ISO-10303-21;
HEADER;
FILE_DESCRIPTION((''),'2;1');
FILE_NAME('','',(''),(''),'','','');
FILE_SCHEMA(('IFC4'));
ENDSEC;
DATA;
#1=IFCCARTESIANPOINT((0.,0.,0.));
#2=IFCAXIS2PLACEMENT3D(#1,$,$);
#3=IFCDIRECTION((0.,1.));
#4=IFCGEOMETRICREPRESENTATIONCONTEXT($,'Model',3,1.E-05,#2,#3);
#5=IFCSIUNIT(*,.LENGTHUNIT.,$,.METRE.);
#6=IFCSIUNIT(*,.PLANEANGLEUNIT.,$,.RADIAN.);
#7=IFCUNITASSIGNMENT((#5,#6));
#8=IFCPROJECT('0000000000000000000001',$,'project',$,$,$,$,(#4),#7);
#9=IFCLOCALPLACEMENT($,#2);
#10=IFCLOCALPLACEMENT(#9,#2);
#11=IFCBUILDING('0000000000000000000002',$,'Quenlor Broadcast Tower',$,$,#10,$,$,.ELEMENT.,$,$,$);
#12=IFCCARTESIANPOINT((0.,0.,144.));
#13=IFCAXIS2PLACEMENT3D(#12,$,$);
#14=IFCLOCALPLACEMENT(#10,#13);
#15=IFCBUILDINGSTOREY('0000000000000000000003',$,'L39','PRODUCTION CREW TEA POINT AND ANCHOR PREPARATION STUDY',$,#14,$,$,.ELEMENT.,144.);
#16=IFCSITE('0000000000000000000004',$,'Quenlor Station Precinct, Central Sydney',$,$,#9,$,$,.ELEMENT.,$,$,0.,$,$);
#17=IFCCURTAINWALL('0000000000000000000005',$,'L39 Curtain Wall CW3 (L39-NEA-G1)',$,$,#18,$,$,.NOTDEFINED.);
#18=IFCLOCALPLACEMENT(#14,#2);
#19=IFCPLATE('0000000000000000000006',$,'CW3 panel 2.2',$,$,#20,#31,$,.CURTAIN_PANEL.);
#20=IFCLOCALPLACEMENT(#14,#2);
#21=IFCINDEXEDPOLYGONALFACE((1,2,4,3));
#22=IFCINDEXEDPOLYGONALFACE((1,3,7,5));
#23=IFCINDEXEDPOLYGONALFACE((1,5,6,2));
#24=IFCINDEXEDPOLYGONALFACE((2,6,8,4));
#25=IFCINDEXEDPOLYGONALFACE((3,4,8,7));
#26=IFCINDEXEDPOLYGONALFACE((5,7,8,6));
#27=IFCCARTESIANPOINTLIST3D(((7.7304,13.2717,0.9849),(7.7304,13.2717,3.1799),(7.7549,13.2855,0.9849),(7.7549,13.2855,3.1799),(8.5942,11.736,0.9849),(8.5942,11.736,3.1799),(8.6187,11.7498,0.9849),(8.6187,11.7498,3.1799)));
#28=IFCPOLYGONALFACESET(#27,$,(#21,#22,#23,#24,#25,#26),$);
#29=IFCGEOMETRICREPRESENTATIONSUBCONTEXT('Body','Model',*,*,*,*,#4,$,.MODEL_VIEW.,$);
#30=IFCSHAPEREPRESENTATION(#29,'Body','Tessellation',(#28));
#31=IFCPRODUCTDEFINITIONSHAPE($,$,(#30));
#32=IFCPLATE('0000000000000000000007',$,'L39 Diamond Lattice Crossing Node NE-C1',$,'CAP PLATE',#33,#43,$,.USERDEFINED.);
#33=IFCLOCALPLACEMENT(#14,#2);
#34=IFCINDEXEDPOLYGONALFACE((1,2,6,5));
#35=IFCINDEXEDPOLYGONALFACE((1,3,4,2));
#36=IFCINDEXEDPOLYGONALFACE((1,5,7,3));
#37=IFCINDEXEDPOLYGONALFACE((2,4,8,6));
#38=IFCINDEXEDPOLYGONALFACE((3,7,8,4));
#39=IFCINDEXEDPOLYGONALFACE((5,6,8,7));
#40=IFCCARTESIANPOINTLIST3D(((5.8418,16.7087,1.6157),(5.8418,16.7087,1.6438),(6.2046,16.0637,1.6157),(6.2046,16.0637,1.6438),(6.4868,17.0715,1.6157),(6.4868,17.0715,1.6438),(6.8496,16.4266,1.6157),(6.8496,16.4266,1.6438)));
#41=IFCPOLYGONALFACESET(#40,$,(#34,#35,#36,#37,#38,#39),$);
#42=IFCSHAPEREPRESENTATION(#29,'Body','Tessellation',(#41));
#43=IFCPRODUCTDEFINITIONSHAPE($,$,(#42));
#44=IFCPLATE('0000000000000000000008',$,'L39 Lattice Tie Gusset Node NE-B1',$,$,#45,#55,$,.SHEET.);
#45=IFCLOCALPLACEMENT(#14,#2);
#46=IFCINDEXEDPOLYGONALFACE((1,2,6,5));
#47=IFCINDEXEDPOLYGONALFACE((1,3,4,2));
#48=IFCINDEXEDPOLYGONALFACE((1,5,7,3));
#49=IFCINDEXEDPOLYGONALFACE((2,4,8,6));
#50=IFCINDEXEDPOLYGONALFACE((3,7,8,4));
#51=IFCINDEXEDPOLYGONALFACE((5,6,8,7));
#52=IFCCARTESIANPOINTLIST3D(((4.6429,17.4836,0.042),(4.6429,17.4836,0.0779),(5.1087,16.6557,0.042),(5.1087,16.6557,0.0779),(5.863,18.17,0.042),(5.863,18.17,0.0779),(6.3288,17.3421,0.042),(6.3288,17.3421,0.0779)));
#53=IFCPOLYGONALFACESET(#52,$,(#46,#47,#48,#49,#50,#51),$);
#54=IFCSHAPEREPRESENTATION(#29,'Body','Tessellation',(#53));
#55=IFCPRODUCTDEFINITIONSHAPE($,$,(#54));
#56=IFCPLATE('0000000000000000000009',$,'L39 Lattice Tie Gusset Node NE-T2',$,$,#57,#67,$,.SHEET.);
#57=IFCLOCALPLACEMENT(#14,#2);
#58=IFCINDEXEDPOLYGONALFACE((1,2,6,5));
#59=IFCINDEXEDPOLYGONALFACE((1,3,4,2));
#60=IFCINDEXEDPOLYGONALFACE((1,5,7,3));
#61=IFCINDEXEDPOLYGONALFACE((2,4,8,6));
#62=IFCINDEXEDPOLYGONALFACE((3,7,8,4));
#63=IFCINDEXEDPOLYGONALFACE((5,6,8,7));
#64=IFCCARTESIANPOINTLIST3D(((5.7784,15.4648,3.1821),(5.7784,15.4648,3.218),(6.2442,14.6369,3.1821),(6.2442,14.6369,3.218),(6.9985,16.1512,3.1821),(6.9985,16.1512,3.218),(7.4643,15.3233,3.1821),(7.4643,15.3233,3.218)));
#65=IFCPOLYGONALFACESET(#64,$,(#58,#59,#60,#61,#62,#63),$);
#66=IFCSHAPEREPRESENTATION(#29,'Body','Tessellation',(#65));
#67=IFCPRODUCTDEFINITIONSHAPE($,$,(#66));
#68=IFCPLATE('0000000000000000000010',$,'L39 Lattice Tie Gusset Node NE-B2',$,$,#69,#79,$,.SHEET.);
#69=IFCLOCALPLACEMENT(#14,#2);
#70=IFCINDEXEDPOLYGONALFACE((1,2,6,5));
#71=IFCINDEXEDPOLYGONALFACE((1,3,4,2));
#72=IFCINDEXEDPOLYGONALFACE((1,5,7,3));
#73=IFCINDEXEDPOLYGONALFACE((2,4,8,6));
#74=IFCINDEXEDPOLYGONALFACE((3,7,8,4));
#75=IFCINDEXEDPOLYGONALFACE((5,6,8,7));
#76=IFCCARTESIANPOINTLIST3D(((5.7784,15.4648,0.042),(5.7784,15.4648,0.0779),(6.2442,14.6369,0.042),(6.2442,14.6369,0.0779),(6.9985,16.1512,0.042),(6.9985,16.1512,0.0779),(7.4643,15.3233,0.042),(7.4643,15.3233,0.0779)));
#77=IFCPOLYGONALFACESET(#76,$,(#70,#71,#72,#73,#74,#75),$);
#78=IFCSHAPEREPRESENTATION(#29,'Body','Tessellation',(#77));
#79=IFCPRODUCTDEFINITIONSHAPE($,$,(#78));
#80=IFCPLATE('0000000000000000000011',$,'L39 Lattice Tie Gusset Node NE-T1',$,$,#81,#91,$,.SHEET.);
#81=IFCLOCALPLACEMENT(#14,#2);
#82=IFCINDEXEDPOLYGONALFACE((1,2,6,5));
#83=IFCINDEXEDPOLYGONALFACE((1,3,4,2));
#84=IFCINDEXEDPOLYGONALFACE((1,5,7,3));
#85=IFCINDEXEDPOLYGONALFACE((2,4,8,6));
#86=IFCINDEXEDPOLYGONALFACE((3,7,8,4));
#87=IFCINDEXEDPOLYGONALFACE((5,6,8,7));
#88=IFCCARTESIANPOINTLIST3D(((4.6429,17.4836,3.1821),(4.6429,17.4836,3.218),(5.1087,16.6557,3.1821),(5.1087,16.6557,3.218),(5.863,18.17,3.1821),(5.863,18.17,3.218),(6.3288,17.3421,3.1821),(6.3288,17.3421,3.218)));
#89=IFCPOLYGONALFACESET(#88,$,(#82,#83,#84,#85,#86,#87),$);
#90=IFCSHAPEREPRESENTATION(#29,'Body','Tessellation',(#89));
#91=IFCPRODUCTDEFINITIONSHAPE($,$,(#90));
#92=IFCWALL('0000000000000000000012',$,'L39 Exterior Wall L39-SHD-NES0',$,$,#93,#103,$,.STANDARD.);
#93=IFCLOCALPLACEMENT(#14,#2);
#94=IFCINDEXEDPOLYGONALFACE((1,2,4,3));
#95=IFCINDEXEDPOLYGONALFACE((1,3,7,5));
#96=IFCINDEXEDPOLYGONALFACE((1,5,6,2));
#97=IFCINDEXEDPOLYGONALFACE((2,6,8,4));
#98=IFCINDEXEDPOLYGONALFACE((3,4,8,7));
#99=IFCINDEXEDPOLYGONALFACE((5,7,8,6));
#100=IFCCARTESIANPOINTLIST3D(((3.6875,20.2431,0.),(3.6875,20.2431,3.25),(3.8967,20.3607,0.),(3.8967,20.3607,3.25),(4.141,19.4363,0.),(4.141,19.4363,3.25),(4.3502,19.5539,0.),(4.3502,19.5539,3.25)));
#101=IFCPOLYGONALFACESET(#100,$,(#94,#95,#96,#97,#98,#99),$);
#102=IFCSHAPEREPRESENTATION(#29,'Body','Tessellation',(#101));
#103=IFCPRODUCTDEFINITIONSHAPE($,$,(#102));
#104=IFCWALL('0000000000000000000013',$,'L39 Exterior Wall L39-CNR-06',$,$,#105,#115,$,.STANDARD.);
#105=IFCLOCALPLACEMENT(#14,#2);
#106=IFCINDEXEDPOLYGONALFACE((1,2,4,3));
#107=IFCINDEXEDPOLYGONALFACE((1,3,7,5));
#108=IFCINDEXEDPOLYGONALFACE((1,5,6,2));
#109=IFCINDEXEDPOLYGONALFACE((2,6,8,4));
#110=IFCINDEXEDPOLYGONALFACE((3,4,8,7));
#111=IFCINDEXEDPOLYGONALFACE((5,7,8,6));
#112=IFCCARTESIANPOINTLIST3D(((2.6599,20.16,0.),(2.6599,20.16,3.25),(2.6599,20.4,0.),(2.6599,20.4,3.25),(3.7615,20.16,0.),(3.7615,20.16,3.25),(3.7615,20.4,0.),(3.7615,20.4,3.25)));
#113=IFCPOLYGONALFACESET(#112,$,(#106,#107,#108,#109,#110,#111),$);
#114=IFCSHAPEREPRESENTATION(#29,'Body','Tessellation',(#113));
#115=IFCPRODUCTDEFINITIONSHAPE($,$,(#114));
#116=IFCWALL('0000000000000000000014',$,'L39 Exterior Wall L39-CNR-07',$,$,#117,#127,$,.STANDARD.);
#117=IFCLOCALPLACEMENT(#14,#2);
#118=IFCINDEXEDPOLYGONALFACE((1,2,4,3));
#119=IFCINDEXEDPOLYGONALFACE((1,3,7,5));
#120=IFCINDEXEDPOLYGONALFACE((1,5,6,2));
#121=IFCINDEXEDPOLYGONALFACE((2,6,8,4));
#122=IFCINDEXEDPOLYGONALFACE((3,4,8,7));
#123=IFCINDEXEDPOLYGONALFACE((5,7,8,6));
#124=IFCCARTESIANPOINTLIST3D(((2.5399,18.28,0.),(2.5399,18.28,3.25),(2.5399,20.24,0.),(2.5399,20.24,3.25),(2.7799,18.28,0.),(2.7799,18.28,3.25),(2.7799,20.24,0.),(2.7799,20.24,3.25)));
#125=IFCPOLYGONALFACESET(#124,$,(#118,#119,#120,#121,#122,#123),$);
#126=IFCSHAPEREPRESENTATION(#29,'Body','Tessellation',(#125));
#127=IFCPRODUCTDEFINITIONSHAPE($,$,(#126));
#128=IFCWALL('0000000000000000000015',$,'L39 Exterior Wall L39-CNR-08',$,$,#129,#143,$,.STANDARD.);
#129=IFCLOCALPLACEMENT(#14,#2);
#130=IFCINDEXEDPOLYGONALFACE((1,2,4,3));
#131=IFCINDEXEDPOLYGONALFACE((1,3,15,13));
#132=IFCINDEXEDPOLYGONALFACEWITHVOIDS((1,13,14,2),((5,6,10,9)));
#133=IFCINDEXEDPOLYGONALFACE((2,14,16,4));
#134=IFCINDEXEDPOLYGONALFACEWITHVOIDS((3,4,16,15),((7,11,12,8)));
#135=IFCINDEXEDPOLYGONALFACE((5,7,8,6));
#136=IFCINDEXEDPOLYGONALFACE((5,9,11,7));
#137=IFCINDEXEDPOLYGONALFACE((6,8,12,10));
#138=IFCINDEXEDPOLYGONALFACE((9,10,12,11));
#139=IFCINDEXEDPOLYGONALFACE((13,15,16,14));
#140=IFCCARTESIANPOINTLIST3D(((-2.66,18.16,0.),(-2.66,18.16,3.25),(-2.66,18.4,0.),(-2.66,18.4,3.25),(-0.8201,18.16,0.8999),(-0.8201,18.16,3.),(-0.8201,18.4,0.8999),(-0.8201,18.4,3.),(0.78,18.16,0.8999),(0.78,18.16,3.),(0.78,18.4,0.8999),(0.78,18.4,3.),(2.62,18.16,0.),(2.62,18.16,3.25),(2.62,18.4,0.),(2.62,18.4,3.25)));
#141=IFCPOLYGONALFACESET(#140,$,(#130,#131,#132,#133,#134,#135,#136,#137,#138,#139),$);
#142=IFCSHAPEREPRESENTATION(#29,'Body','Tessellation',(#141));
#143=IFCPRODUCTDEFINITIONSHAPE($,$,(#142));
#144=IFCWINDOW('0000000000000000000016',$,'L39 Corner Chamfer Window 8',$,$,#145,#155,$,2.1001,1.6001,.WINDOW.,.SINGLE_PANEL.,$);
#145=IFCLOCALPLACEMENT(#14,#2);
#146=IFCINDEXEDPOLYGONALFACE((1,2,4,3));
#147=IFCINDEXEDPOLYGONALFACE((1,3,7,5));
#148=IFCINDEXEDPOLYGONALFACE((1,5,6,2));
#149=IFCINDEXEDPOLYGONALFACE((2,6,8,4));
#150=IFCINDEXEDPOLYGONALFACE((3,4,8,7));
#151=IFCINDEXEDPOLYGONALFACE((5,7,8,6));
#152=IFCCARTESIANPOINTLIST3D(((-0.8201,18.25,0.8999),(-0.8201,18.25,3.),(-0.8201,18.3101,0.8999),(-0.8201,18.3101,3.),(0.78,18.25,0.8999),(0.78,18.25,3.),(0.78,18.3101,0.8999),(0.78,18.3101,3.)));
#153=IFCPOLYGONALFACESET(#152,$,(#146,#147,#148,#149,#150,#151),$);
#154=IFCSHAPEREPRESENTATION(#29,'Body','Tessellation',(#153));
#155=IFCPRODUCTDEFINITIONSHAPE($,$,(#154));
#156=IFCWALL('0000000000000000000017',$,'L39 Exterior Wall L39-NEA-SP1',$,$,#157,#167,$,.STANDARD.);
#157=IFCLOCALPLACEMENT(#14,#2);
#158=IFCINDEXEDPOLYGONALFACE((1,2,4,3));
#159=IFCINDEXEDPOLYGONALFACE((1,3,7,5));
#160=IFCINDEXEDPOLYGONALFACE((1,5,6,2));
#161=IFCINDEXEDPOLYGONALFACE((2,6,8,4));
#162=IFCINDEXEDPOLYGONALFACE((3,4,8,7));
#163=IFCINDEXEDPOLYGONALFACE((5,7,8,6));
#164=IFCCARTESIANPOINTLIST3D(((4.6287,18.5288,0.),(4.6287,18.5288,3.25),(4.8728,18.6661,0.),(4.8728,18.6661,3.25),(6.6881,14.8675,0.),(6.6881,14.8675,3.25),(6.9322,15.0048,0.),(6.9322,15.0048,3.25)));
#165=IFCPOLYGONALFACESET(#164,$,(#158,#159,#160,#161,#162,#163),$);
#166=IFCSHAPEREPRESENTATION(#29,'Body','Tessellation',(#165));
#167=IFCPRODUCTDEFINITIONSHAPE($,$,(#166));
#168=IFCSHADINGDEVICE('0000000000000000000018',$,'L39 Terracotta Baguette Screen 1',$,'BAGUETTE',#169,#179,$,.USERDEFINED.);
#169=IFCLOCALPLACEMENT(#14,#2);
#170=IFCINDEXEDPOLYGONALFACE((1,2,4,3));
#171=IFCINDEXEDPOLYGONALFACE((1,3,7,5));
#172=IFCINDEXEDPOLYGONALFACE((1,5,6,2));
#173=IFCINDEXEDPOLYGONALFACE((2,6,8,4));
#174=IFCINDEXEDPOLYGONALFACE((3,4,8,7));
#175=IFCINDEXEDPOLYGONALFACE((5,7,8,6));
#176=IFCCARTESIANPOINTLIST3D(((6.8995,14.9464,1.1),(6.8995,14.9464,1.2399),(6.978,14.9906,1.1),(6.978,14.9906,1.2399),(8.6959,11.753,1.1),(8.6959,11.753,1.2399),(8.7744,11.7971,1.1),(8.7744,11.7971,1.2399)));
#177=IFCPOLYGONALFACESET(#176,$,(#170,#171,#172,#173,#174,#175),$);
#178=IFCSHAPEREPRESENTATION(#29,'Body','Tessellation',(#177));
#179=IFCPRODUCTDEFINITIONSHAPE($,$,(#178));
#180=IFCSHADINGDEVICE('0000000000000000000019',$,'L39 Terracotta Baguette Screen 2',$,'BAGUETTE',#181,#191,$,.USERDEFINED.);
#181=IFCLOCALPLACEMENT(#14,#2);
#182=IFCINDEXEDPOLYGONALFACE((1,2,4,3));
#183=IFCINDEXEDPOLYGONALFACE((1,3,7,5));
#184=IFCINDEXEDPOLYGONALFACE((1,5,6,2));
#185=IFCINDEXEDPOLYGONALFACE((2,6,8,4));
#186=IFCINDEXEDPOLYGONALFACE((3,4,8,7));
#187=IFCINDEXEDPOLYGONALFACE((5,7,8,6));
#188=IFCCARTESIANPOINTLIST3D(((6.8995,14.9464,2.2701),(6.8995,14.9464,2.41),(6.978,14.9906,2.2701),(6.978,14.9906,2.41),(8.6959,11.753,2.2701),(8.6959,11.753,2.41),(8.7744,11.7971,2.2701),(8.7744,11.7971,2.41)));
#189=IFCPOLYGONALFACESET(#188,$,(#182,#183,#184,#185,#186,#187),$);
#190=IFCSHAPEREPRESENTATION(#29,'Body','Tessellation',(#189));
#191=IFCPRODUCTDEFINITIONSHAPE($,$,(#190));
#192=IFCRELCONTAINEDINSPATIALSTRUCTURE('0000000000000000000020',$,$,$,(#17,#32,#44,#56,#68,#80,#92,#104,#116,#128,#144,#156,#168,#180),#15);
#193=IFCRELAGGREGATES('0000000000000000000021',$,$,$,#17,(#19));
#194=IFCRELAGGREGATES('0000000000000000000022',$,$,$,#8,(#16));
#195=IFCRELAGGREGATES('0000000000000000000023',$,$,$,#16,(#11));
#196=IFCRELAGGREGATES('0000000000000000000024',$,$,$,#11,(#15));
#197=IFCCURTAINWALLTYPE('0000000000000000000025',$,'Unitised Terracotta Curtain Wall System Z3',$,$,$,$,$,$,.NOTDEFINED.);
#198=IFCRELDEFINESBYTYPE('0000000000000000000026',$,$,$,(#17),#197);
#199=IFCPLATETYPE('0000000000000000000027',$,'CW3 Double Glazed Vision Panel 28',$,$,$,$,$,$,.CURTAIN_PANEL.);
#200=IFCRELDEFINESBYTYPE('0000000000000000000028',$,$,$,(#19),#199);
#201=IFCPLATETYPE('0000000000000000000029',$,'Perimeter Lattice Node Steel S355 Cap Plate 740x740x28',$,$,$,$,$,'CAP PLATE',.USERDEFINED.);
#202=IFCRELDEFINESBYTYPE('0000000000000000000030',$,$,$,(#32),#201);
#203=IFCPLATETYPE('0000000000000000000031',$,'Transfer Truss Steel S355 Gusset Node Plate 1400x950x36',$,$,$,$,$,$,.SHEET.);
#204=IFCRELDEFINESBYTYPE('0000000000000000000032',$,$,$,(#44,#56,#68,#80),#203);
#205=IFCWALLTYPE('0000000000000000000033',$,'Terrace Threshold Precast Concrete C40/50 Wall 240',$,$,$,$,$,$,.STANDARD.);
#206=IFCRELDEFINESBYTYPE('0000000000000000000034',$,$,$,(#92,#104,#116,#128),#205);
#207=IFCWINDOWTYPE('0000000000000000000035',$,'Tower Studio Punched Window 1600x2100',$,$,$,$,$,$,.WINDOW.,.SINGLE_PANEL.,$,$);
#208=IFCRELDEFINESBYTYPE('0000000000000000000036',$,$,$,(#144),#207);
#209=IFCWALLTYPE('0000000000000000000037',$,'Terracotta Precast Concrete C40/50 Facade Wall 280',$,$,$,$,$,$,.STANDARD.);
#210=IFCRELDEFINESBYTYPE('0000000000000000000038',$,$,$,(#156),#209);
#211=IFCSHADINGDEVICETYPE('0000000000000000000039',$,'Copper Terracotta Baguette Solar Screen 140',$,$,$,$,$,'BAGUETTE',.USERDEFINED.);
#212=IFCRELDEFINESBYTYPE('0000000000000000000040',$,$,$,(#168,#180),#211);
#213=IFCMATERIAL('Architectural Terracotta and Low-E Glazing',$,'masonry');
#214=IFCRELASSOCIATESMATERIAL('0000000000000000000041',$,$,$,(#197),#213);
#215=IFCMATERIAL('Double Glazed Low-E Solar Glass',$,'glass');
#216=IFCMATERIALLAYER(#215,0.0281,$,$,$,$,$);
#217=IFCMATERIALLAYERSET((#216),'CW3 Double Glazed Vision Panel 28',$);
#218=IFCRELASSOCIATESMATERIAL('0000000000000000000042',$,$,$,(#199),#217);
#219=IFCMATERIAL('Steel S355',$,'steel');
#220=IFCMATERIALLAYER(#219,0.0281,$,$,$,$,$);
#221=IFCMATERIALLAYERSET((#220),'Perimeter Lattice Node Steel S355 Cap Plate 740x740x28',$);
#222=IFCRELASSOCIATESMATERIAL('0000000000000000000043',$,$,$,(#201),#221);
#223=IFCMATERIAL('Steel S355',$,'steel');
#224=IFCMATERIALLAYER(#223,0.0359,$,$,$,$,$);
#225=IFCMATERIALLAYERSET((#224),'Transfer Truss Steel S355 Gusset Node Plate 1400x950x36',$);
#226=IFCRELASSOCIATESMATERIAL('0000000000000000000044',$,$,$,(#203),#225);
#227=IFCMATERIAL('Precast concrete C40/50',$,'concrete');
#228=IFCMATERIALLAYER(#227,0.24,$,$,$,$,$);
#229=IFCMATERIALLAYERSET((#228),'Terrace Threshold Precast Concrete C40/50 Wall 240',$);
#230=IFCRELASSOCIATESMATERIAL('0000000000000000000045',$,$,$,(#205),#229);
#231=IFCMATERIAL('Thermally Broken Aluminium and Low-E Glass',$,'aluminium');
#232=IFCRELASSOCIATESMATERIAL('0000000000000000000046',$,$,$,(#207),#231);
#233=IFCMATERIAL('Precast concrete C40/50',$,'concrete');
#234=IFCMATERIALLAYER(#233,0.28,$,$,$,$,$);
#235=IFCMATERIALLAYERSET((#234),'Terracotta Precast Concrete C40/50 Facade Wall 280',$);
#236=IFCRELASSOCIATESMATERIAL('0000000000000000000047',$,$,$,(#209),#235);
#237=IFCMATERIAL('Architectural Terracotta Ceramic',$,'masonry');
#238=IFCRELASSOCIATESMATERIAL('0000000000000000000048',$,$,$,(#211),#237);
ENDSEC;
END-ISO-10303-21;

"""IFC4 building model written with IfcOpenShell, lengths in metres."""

from ifc_helpers import new_model, si_unit, direction, frame, frame_2d, origin, origin_2d, place, context, subcontext, project, spatial, rectangle, extrude, material, layer, layer_set, material_profile, profile_set, type_object, element, fill, aggregate, save


model = new_model("IFC4")

# Units and contexts
model_context = context("Model", 3, precision=1e-05, world=origin(), true_north=direction((0.0, 1.0)))
body_context = subcontext(model_context, "Body", "Model", "MODEL_VIEW")
ifc_project = project(units=[si_unit("LENGTHUNIT", "METRE"), si_unit("PLANEANGLEUNIT", "RADIAN")], contexts=[model_context])

# Site, building, storey
site_placement = place(None, origin())
site = spatial("IfcSite", under=ifc_project, at=site_placement, Name="Quenlor Station Precinct, Central Sydney", CompositionType="ELEMENT", RefElevation=0.0)
building_placement = place(site_placement, origin())
building = spatial("IfcBuilding", under=site, at=building_placement, Name="Quenlor Broadcast Tower", CompositionType="ELEMENT")
storey_placement = place(building_placement, frame((0.0, 0.0, 144.0)))
storey = spatial("IfcBuildingStorey", under=building, at=storey_placement, Name="L39", Description="PRODUCTION CREW TEA POINT AND ANCHOR PREPARATION STUDY", CompositionType="ELEMENT", Elevation=144.0)

# Curtain wall
ifc_material_1 = material(Name="Architectural Terracotta and Low-E Glazing", Category="masonry")
curtain_wall_type = type_object("IfcCurtainWallType", Name="Unitised Terracotta Curtain Wall System Z3", PredefinedType="NOTDEFINED", material=ifc_material_1)
curtain_wall_placement = place(storey_placement, origin())
curtain_wall = element("IfcCurtainWall", 1, at=curtain_wall_placement, inside=storey, type_object=curtain_wall_type, Name="L39 Curtain Wall CW3 (L39-NEA-G1)", PredefinedType="NOTDEFINED")

# Plate
ifc_material_2 = material(Name="Double Glazed Low-E Solar Glass", Category="glass")
ifc_layer_1 = layer(ifc_material_2, 0.0281)
ifc_layer_set_1 = layer_set([ifc_layer_1], Name="CW3 Double Glazed Vision Panel 28")
plate_type_1 = type_object("IfcPlateType", Name="CW3 Double Glazed Vision Panel 28", PredefinedType="CURTAIN_PANEL", material=ifc_layer_set_1)
plate_1_placement = place(storey_placement, frame((8.1746, 12.5107, 0.9849), z_axis=(0.0, 0.0, 1.0), x_axis=(0.49027, -0.871571, 0.0)))
plate_1 = element("IfcPlate", 2, at=plate_1_placement, type_object=plate_type_1, Name="CW3 panel 2.2", PredefinedType="CURTAIN_PANEL", context=body_context, shape_type="SweptSolid", body=[
    extrude(rectangle(XDim=1.762, YDim=0.0281, at=origin_2d()), origin(), (0.0, 0.0, 1.0), 2.1951),
])
aggregate(curtain_wall, [plate_1])

# Plates
ifc_material_3 = material(Name="Steel S355", Category="steel")
ifc_layer_2 = layer(ifc_material_3, 0.0281)
ifc_layer_set_2 = layer_set([ifc_layer_2], Name="Perimeter Lattice Node Steel S355 Cap Plate 740x740x28")
plate_type_2 = type_object("IfcPlateType", Name="Perimeter Lattice Node Steel S355 Cap Plate 740x740x28", ElementType="CAP PLATE", PredefinedType="USERDEFINED", material=ifc_layer_set_2)
plate_2_placement = place(storey_placement, frame((6.3457, 16.5676, 1.6157), z_axis=(0.0, 0.0, 1.0), x_axis=(0.490295, -0.871556, 0.0)))
element("IfcPlate", 3, at=plate_2_placement, inside=storey, type_object=plate_type_2, Name="L39 Diamond Lattice Crossing Node NE-C1", ObjectType="CAP PLATE", PredefinedType="USERDEFINED", context=body_context, shape_type="SweptSolid", body=[
    extrude(rectangle(XDim=0.74, YDim=0.74, at=origin_2d()), origin(), (0.0, 0.0, 1.0), 0.0281),
])
ifc_material_4 = material(Name="Steel S355", Category="steel")
ifc_layer_3 = layer(ifc_material_4, 0.0359)
ifc_layer_set_3 = layer_set([ifc_layer_3], Name="Transfer Truss Steel S355 Gusset Node Plate 1400x950x36")
plate_type_3 = type_object("IfcPlateType", Name="Transfer Truss Steel S355 Gusset Node Plate 1400x950x36", PredefinedType="SHEET", material=ifc_layer_set_3)
for number, where, z_axis, x_axis, name in (
    (4, (5.4858, 17.4128, 0.042), (0.0, 0.0, 1.0), (0.871556, 0.490295, 0.0), "L39 Lattice Tie Gusset Node NE-B1"),
    (5, (6.6213, 15.394, 3.1821), (0.0, 0.0, 1.0), (0.871556, 0.490295, 0.0), "L39 Lattice Tie Gusset Node NE-T2"),
    (6, (6.6213, 15.394, 0.042), (0.0, 0.0, 1.0), (0.871556, 0.490295, 0.0), "L39 Lattice Tie Gusset Node NE-B2"),
    (7, (5.4858, 17.4128, 3.1821), (0.0, 0.0, 1.0), (0.871556, 0.490295, 0.0), "L39 Lattice Tie Gusset Node NE-T1"),
):
    element("IfcPlate", number, at=place(storey_placement, frame(where, z_axis=z_axis, x_axis=x_axis)), inside=storey, type_object=plate_type_3, Name=name, PredefinedType="SHEET", context=body_context, shape_type="SweptSolid", body=[
        extrude(rectangle(XDim=1.3999, YDim=0.95, at=origin_2d()), origin(), (0.0, 0.0, 1.0), 0.0359),
    ])

# Walls
ifc_material_5 = material(Name="Precast concrete C40/50", Category="concrete")
ifc_layer_4 = layer(ifc_material_5, 0.24)
ifc_layer_set_4 = layer_set([ifc_layer_4], Name="Terrace Threshold Precast Concrete C40/50 Wall 240")
wall_type_1 = type_object("IfcWallType", Name="Terrace Threshold Precast Concrete C40/50 Wall 240", PredefinedType="STANDARD", material=ifc_layer_set_4)
wall_1_placement = place(storey_placement, frame((3.792, 20.302, 0.0), z_axis=(0.0, 0.0, 1.0), x_axis=(0.490048, -0.871695, 0.0)))
element("IfcWall", 8, at=wall_1_placement, inside=storey, type_object=wall_type_1, Name="L39 Exterior Wall L39-SHD-NES0", PredefinedType="STANDARD", context=body_context, shape_type="SweptSolid", body=[
    extrude(rectangle(XDim=0.9255, YDim=0.24, at=frame_2d((0.4629, 0.0))), origin(), (0.0, 0.0, 1.0), 3.25),
])
wall_2_placement = place(storey_placement, frame((3.7615, 20.28, 0.0), z_axis=(0.0, 0.0, 1.0), x_axis=(-1.0, 0.0, 0.0)))
element("IfcWall", 9, at=wall_2_placement, inside=storey, type_object=wall_type_1, Name="L39 Exterior Wall L39-CNR-06", PredefinedType="STANDARD", context=body_context, shape_type="SweptSolid", body=[
    extrude(rectangle(XDim=1.1016, YDim=0.24, at=frame_2d((0.5508, 0.0))), origin(), (0.0, 0.0, 1.0), 3.25),
])
wall_3_placement = place(storey_placement, frame((2.6599, 20.24, 0.0), z_axis=(0.0, 0.0, 1.0), x_axis=(0.0, -1.0, 0.0)))
element("IfcWall", 10, at=wall_3_placement, inside=storey, type_object=wall_type_1, Name="L39 Exterior Wall L39-CNR-07", PredefinedType="STANDARD", context=body_context, shape_type="SweptSolid", body=[
    extrude(rectangle(XDim=1.96, YDim=0.24, at=frame_2d((0.98, 0.0))), origin(), (0.0, 0.0, 1.0), 3.25),
])

# Wall, opening, window
wall_4_placement = place(storey_placement, frame((2.6201, 18.28, 0.0), z_axis=(0.0, 0.0, 1.0), x_axis=(-1.0, 0.0, 0.0)))
wall_4 = element("IfcWall", 11, at=wall_4_placement, inside=storey, type_object=wall_type_1, Name="L39 Exterior Wall L39-CNR-08", PredefinedType="STANDARD", context=body_context, shape_type="SweptSolid", body=[
    extrude(rectangle(XDim=5.28, YDim=0.24, at=frame_2d((2.6401, 0.0))), origin(), (0.0, 0.0, 1.0), 3.25),
])
opening_placement = place(wall_4_placement, frame((1.8401, 0.0, 0.8999)))
opening = element("IfcOpeningElement", 12, at=opening_placement, cuts=wall_4, PredefinedType="OPENING", context=body_context, shape_type="SweptSolid", body=[
    extrude(rectangle(XDim=1.6001, YDim=2.1001, at=frame_2d((0.8, 1.05))), frame((0.0, 0.1299, 0.0), z_axis=(0.0, -1.0, 0.0), x_axis=(1.0, 0.0, 0.0)), (0.0, 0.0, 1.0), 0.26),
])
ifc_material_6 = material(Name="Thermally Broken Aluminium and Low-E Glass", Category="aluminium")
window_type = type_object("IfcWindowType", Name="Tower Studio Punched Window 1600x2100", PartitioningType="SINGLE_PANEL", PredefinedType="WINDOW", material=ifc_material_6)
window_placement = place(opening_placement, origin())
window = element("IfcWindow", 13, at=window_placement, inside=storey, type_object=window_type, Name="L39 Corner Chamfer Window 8", OverallHeight=2.1001, OverallWidth=1.6001, PartitioningType="SINGLE_PANEL", PredefinedType="WINDOW", context=body_context, shape_type="SweptSolid", body=[
    extrude(rectangle(XDim=1.6001, YDim=2.1001, at=frame_2d((0.8, 1.05))), frame((0.0, 0.03, 0.0), z_axis=(0.0, -1.0, 0.0), x_axis=(1.0, 0.0, 0.0)), (0.0, 0.0, 1.0), 0.0601),
])
fill(opening, window)

# Wall
ifc_material_7 = material(Name="Precast concrete C40/50", Category="concrete")
ifc_layer_5 = layer(ifc_material_7, 0.28)
ifc_layer_set_5 = layer_set([ifc_layer_5], Name="Terracotta Precast Concrete C40/50 Facade Wall 280")
wall_type_2 = type_object("IfcWallType", Name="Terracotta Precast Concrete C40/50 Facade Wall 280", PredefinedType="STANDARD", material=ifc_layer_set_5)
wall_5_placement = place(storey_placement, frame((4.7507, 18.5974, 0.0), z_axis=(0.0, 0.0, 1.0), x_axis=(0.49025, -0.871582, 0.0)))
element("IfcWall", 14, at=wall_5_placement, inside=storey, type_object=wall_type_2, Name="L39 Exterior Wall L39-NEA-SP1", PredefinedType="STANDARD", context=body_context, shape_type="SweptSolid", body=[
    extrude(rectangle(XDim=4.2007, YDim=0.28, at=frame_2d((2.1003, 0.0))), origin(), (0.0, 0.0, 1.0), 3.25),
])

# Shading devices
ifc_material_8 = material(Name="Architectural Terracotta Ceramic", Category="masonry")
ifc_material_profile_1 = material_profile(ifc_material_8, rectangle(XDim=0.0901, YDim=0.1399, at=origin_2d()))
ifc_profile_set_1 = profile_set([ifc_material_profile_1], Name="Architectural Terracotta Ceramic BAG90x140")
shading_device_type = type_object("IfcShadingDeviceType", Name="Copper Terracotta Baguette Solar Screen 140", ElementType="BAGUETTE", PredefinedType="USERDEFINED", material=ifc_profile_set_1)
for number, where, z_axis, x_axis, name in (
    (15, (6.9387, 14.9685, 1.1699), (0.490287, -0.871561, 0.0), (0.871561, 0.490287, 0.0), "L39 Terracotta Baguette Screen 1"),
    (16, (6.9387, 14.9685, 2.3401), (0.490287, -0.871561, 0.0), (0.871561, 0.490287, 0.0), "L39 Terracotta Baguette Screen 2"),
):
    element("IfcShadingDevice", number, at=place(storey_placement, frame(where, z_axis=z_axis, x_axis=x_axis)), inside=storey, type_object=shading_device_type, Name=name, ObjectType="BAGUETTE", PredefinedType="USERDEFINED", context=body_context, shape_type="SweptSolid", body=[
        extrude(rectangle(XDim=0.0901, YDim=0.1399, at=origin_2d()), origin(), (0.0, 0.0, 1.0), 3.6641),
    ])

save(model, "model.ifc")
